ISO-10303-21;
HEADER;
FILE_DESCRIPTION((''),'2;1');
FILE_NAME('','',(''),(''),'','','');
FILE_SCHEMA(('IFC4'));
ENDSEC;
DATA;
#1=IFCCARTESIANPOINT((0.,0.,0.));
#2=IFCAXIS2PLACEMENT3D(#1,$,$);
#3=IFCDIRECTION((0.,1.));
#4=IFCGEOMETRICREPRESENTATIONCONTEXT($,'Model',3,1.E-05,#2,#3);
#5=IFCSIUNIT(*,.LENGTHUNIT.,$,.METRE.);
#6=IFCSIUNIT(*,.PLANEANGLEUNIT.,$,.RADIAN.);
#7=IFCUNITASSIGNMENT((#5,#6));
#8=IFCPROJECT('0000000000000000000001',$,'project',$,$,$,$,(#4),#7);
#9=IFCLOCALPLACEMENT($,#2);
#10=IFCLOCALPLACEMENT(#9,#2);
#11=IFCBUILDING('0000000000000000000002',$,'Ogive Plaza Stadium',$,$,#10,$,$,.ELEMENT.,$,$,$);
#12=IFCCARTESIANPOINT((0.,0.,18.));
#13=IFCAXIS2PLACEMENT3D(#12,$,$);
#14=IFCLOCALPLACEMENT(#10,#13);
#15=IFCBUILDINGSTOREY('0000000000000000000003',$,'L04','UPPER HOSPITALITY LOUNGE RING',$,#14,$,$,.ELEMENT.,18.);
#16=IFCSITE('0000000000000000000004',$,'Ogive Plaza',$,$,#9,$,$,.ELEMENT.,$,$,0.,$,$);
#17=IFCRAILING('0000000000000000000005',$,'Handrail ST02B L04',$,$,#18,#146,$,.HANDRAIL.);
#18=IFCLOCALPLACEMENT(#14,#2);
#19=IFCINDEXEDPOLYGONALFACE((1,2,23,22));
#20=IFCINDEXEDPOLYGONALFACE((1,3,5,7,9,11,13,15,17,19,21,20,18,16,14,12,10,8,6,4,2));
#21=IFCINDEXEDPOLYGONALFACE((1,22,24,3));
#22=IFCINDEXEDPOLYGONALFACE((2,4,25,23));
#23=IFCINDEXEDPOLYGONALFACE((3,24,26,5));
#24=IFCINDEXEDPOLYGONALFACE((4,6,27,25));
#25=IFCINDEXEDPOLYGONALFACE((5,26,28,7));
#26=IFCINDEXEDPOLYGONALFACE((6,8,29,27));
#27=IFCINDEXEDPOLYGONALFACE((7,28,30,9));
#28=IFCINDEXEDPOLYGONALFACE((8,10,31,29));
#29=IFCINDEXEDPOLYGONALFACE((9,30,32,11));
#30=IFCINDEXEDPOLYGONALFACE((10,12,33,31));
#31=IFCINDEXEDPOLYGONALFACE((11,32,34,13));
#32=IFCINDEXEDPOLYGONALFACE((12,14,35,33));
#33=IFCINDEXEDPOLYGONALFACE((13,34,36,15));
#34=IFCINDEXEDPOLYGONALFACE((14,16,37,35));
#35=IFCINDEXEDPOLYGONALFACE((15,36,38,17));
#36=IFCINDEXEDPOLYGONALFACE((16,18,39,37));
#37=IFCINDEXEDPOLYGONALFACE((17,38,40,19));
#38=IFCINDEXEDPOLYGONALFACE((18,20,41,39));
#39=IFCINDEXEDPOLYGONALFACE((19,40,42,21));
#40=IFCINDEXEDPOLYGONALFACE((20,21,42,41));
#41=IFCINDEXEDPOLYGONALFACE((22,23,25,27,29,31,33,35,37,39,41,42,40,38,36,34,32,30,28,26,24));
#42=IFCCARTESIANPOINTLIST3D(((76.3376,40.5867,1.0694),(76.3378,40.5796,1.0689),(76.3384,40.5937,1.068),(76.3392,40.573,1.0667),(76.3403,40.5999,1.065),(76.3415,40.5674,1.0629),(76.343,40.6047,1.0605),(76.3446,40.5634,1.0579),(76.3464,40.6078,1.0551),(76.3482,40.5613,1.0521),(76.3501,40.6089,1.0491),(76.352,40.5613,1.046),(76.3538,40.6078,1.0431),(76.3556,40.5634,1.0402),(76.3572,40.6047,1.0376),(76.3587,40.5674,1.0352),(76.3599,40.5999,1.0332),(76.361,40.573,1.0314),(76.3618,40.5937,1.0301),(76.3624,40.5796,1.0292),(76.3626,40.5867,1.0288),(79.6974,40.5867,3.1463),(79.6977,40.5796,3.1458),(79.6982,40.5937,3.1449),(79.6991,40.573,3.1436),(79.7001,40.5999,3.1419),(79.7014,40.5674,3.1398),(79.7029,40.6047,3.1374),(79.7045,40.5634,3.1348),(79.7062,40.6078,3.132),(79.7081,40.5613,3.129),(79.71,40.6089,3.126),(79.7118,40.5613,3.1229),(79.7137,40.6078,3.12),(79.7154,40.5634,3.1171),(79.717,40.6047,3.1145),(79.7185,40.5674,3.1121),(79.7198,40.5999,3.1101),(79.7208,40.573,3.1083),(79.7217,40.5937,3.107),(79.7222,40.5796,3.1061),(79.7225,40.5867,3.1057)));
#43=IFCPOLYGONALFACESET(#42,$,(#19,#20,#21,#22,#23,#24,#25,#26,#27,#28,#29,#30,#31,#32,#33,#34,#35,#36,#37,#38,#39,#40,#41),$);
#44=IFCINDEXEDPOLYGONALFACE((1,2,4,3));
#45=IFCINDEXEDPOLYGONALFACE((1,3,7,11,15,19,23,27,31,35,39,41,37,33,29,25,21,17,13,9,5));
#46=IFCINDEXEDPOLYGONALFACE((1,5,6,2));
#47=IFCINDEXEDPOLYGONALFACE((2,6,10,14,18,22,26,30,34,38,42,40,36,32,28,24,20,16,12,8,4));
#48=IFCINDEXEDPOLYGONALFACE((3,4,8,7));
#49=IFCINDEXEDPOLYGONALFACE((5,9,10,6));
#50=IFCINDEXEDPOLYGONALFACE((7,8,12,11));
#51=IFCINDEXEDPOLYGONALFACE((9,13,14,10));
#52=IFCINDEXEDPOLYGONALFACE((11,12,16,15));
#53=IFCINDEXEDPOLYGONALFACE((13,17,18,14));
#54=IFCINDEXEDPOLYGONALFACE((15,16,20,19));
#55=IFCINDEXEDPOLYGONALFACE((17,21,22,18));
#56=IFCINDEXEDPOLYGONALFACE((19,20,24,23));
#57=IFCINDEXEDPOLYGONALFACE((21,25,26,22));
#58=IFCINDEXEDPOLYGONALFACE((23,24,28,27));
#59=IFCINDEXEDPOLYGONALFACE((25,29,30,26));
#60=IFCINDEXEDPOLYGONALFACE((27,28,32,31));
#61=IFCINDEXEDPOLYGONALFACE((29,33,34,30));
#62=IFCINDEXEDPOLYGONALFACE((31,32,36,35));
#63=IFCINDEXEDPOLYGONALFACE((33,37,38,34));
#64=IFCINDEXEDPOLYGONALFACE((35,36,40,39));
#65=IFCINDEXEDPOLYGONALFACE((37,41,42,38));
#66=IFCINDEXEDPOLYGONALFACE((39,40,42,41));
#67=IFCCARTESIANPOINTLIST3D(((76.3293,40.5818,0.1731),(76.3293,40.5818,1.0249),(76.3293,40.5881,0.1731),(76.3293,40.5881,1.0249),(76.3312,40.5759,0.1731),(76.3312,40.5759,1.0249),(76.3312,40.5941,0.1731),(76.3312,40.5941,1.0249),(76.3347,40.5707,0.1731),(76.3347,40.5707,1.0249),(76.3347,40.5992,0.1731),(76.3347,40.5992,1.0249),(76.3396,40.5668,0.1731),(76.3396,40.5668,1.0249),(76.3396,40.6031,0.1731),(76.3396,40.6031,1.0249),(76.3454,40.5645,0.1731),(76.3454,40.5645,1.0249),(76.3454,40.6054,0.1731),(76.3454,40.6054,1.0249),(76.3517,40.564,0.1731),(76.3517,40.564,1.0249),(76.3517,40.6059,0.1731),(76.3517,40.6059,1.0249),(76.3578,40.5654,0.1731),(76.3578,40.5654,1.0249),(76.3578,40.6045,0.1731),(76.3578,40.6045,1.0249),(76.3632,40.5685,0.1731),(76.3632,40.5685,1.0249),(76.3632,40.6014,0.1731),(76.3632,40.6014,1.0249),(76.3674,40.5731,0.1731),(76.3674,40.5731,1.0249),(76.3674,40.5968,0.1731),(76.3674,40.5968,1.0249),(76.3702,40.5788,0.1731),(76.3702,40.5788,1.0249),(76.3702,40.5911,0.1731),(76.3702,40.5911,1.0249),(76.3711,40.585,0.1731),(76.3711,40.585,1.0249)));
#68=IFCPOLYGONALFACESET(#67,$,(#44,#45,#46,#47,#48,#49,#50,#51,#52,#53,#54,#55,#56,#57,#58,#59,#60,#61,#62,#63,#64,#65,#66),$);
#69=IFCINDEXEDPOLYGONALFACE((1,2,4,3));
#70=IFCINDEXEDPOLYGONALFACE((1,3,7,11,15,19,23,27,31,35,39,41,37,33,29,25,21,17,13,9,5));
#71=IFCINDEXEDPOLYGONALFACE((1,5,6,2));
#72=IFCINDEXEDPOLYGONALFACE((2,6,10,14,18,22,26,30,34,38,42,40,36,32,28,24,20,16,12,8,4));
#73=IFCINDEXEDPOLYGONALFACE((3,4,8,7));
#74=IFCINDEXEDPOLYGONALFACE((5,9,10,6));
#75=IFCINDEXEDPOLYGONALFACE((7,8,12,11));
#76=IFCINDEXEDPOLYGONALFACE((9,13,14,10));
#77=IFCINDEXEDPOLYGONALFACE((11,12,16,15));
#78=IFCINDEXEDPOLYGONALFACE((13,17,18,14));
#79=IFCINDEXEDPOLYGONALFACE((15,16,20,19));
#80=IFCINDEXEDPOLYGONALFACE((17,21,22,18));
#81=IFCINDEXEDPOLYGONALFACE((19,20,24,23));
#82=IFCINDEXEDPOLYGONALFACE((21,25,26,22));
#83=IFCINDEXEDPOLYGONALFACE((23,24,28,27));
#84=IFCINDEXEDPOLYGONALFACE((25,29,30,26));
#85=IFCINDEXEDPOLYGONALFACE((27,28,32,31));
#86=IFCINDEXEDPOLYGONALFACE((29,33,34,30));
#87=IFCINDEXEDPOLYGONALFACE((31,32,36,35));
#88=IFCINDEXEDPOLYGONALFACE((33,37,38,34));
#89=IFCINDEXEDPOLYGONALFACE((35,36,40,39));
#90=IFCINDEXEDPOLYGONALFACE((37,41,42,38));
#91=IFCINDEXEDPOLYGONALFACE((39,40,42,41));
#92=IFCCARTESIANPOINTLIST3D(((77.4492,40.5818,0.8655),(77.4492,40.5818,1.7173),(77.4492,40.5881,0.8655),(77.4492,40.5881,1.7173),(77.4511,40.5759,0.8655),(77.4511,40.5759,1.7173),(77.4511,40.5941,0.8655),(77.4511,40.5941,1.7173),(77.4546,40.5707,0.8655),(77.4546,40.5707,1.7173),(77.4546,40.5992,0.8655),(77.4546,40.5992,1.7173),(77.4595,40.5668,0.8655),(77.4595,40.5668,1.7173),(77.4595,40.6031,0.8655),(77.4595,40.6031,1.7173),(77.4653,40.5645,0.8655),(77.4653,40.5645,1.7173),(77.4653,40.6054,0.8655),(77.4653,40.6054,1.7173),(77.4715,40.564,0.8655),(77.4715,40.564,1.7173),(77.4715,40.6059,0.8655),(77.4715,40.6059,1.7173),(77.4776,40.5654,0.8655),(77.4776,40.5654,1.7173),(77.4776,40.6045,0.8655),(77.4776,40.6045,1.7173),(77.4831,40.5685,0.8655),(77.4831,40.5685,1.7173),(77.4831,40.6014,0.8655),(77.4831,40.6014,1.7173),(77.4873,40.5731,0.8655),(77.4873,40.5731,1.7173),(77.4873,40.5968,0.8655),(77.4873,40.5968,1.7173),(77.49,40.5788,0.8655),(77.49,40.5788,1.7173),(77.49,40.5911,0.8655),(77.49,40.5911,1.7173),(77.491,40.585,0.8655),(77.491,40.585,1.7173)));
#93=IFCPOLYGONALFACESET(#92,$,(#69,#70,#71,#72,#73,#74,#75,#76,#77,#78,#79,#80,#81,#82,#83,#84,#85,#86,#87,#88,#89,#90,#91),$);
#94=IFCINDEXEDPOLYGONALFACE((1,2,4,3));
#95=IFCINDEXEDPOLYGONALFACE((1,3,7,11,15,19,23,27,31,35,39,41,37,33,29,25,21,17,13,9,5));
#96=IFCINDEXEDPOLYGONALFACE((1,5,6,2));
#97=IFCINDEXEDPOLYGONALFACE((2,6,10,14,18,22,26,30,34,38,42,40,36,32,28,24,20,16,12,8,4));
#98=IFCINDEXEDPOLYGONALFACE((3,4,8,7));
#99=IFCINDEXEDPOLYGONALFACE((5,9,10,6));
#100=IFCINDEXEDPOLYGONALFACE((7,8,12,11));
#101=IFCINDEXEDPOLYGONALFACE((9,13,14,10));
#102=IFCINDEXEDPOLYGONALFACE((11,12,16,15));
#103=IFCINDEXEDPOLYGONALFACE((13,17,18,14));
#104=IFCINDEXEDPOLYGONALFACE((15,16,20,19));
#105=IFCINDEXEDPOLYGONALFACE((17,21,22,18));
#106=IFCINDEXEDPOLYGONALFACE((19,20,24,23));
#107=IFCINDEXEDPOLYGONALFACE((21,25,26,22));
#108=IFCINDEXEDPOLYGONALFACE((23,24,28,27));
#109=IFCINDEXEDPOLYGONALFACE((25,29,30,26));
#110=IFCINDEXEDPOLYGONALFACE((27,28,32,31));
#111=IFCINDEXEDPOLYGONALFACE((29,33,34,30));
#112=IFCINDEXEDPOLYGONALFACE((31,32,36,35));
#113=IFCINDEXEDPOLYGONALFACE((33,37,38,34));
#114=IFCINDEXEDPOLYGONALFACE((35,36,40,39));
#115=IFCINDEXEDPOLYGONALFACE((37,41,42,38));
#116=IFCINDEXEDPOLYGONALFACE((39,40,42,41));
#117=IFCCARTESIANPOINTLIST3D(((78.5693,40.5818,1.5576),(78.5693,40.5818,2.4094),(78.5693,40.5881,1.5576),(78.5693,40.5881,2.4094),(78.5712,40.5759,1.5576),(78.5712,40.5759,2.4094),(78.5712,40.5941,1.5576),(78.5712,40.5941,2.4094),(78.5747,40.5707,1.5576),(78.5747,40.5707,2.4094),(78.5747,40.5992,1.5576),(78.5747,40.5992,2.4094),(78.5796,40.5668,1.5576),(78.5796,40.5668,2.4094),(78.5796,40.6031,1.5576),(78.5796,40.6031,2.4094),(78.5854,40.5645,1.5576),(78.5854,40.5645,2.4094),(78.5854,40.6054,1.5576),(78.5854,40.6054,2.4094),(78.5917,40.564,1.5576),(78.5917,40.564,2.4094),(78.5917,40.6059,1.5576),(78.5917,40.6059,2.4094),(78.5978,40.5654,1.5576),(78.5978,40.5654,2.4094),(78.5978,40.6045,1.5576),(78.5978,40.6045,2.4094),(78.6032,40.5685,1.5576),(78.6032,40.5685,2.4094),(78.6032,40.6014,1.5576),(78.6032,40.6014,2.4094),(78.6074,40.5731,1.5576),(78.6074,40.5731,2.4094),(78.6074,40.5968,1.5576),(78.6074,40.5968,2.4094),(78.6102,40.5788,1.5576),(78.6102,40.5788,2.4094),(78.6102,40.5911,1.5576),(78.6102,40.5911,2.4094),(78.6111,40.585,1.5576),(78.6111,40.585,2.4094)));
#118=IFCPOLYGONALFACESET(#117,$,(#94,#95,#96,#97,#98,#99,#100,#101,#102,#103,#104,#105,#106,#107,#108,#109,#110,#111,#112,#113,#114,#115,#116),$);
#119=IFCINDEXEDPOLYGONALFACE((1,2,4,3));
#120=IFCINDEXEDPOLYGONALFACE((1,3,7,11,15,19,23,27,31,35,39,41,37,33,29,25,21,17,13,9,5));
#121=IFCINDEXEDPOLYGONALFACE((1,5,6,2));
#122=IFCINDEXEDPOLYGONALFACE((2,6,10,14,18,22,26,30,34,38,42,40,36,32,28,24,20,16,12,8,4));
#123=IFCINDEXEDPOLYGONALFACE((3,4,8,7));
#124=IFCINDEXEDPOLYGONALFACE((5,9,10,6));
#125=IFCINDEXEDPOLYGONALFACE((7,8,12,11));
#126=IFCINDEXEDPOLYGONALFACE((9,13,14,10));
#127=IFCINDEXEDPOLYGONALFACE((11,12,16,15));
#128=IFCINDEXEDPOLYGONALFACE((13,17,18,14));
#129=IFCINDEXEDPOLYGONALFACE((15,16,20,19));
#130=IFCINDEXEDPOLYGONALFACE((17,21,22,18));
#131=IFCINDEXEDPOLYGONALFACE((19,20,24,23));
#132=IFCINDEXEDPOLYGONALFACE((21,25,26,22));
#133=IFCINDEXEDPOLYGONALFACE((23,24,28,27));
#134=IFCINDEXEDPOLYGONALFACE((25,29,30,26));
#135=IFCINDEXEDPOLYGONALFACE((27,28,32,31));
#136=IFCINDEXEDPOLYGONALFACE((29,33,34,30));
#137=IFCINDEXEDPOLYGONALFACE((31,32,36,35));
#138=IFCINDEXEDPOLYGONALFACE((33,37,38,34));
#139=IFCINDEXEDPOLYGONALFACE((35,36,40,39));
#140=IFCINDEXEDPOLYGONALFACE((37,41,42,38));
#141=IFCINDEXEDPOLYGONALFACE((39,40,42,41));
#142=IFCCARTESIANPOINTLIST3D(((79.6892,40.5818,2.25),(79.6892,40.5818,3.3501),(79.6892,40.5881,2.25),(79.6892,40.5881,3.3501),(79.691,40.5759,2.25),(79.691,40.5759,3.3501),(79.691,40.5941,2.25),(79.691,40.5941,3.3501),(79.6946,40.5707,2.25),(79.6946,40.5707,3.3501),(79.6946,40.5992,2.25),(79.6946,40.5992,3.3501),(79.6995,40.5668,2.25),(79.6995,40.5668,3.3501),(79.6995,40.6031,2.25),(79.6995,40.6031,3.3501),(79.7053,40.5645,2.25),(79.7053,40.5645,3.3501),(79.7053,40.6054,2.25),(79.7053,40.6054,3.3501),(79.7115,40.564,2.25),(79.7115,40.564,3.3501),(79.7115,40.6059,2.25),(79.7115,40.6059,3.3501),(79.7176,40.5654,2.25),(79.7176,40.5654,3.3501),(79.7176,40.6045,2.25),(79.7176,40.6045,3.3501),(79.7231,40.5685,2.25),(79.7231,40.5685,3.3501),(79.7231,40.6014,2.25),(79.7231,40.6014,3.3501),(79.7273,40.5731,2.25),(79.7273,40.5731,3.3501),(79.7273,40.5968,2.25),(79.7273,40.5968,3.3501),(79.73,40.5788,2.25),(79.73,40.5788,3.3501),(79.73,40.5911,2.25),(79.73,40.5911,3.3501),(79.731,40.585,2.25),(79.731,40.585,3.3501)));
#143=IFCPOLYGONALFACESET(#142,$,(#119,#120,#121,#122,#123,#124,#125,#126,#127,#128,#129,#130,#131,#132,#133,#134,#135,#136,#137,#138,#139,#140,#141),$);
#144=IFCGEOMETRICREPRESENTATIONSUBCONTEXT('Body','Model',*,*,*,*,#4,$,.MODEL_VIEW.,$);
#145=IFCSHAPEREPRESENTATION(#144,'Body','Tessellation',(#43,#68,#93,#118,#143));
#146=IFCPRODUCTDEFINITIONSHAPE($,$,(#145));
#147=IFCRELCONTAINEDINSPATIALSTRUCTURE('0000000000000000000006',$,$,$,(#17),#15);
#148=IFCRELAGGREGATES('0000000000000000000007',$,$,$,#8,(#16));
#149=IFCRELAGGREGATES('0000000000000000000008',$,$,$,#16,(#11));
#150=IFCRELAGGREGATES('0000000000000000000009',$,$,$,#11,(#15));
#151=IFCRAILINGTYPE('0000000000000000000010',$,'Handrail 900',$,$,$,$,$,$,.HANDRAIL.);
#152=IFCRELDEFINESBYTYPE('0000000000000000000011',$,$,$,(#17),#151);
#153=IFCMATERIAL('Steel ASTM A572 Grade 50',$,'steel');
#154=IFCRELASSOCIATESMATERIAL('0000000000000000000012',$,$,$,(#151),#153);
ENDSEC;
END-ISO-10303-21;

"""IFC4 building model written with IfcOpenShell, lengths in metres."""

from ifc_helpers import new_model, si_unit, direction, frame, origin, origin_2d, place, context, subcontext, project, spatial, circle, extrude, material, type_object, element, save


model = new_model("IFC4")

# Units and contexts
model_context = context("Model", 3, precision=1e-05, world=origin(), true_north=direction((0.0, 1.0)))
body_context = subcontext(model_context, "Body", "Model", "MODEL_VIEW")
ifc_project = project(units=[si_unit("LENGTHUNIT", "METRE"), si_unit("PLANEANGLEUNIT", "RADIAN")], contexts=[model_context])

# Site, building, storey
site_placement = place(None, origin())
site = spatial("IfcSite", under=ifc_project, at=site_placement, Name="Ogive Plaza", CompositionType="ELEMENT", RefElevation=0.0)
building_placement = place(site_placement, origin())
building = spatial("IfcBuilding", under=site, at=building_placement, Name="Ogive Plaza Stadium", CompositionType="ELEMENT")
storey_placement = place(building_placement, frame((0.0, 0.0, 18.0)))
storey = spatial("IfcBuildingStorey", under=building, at=storey_placement, Name="L04", Description="UPPER HOSPITALITY LOUNGE RING", CompositionType="ELEMENT", Elevation=18.0)

# Railing
ifc_material_1 = material(Name="Steel ASTM A572 Grade 50", Category="steel")
railing_type_1 = type_object("IfcRailingType", Name="Handrail 900", PredefinedType="HANDRAIL", material=ifc_material_1)
for number, where, name in (
    (1, (76.3501, 40.585, 0.1731), "Handrail ST02B L04"),
):
    element("IfcRailing", number, at=place(storey_placement, frame(where)), inside=storey, type_object=railing_type_1, Name=name, PredefinedType="HANDRAIL", context=body_context, shape_type="SweptSolid", body=[
        extrude(circle(Radius=0.0239, at=origin_2d()), frame((0.0, 0.0, 0.876), z_axis=(0.850606, 0.0, 0.525803), x_axis=(0.0, 1.0, 0.0)), (0.0, 0.0, 1.0), 3.95),
        extrude(circle(Radius=0.021, at=origin_2d()), origin(), (0.0, 0.0, 1.0), 0.8518),
        extrude(circle(Radius=0.021, at=origin_2d()), frame((1.1199, 0.0, 0.6924)), (0.0, 0.0, 1.0), 0.8518),
        extrude(circle(Radius=0.021, at=origin_2d()), frame((2.24, 0.0, 1.3845)), (0.0, 0.0, 1.0), 0.8518),
        extrude(circle(Radius=0.021, at=origin_2d()), frame((3.3599, 0.0, 2.0769)), (0.0, 0.0, 1.0), 1.1001),
    ])

save(model, "model.ifc")
